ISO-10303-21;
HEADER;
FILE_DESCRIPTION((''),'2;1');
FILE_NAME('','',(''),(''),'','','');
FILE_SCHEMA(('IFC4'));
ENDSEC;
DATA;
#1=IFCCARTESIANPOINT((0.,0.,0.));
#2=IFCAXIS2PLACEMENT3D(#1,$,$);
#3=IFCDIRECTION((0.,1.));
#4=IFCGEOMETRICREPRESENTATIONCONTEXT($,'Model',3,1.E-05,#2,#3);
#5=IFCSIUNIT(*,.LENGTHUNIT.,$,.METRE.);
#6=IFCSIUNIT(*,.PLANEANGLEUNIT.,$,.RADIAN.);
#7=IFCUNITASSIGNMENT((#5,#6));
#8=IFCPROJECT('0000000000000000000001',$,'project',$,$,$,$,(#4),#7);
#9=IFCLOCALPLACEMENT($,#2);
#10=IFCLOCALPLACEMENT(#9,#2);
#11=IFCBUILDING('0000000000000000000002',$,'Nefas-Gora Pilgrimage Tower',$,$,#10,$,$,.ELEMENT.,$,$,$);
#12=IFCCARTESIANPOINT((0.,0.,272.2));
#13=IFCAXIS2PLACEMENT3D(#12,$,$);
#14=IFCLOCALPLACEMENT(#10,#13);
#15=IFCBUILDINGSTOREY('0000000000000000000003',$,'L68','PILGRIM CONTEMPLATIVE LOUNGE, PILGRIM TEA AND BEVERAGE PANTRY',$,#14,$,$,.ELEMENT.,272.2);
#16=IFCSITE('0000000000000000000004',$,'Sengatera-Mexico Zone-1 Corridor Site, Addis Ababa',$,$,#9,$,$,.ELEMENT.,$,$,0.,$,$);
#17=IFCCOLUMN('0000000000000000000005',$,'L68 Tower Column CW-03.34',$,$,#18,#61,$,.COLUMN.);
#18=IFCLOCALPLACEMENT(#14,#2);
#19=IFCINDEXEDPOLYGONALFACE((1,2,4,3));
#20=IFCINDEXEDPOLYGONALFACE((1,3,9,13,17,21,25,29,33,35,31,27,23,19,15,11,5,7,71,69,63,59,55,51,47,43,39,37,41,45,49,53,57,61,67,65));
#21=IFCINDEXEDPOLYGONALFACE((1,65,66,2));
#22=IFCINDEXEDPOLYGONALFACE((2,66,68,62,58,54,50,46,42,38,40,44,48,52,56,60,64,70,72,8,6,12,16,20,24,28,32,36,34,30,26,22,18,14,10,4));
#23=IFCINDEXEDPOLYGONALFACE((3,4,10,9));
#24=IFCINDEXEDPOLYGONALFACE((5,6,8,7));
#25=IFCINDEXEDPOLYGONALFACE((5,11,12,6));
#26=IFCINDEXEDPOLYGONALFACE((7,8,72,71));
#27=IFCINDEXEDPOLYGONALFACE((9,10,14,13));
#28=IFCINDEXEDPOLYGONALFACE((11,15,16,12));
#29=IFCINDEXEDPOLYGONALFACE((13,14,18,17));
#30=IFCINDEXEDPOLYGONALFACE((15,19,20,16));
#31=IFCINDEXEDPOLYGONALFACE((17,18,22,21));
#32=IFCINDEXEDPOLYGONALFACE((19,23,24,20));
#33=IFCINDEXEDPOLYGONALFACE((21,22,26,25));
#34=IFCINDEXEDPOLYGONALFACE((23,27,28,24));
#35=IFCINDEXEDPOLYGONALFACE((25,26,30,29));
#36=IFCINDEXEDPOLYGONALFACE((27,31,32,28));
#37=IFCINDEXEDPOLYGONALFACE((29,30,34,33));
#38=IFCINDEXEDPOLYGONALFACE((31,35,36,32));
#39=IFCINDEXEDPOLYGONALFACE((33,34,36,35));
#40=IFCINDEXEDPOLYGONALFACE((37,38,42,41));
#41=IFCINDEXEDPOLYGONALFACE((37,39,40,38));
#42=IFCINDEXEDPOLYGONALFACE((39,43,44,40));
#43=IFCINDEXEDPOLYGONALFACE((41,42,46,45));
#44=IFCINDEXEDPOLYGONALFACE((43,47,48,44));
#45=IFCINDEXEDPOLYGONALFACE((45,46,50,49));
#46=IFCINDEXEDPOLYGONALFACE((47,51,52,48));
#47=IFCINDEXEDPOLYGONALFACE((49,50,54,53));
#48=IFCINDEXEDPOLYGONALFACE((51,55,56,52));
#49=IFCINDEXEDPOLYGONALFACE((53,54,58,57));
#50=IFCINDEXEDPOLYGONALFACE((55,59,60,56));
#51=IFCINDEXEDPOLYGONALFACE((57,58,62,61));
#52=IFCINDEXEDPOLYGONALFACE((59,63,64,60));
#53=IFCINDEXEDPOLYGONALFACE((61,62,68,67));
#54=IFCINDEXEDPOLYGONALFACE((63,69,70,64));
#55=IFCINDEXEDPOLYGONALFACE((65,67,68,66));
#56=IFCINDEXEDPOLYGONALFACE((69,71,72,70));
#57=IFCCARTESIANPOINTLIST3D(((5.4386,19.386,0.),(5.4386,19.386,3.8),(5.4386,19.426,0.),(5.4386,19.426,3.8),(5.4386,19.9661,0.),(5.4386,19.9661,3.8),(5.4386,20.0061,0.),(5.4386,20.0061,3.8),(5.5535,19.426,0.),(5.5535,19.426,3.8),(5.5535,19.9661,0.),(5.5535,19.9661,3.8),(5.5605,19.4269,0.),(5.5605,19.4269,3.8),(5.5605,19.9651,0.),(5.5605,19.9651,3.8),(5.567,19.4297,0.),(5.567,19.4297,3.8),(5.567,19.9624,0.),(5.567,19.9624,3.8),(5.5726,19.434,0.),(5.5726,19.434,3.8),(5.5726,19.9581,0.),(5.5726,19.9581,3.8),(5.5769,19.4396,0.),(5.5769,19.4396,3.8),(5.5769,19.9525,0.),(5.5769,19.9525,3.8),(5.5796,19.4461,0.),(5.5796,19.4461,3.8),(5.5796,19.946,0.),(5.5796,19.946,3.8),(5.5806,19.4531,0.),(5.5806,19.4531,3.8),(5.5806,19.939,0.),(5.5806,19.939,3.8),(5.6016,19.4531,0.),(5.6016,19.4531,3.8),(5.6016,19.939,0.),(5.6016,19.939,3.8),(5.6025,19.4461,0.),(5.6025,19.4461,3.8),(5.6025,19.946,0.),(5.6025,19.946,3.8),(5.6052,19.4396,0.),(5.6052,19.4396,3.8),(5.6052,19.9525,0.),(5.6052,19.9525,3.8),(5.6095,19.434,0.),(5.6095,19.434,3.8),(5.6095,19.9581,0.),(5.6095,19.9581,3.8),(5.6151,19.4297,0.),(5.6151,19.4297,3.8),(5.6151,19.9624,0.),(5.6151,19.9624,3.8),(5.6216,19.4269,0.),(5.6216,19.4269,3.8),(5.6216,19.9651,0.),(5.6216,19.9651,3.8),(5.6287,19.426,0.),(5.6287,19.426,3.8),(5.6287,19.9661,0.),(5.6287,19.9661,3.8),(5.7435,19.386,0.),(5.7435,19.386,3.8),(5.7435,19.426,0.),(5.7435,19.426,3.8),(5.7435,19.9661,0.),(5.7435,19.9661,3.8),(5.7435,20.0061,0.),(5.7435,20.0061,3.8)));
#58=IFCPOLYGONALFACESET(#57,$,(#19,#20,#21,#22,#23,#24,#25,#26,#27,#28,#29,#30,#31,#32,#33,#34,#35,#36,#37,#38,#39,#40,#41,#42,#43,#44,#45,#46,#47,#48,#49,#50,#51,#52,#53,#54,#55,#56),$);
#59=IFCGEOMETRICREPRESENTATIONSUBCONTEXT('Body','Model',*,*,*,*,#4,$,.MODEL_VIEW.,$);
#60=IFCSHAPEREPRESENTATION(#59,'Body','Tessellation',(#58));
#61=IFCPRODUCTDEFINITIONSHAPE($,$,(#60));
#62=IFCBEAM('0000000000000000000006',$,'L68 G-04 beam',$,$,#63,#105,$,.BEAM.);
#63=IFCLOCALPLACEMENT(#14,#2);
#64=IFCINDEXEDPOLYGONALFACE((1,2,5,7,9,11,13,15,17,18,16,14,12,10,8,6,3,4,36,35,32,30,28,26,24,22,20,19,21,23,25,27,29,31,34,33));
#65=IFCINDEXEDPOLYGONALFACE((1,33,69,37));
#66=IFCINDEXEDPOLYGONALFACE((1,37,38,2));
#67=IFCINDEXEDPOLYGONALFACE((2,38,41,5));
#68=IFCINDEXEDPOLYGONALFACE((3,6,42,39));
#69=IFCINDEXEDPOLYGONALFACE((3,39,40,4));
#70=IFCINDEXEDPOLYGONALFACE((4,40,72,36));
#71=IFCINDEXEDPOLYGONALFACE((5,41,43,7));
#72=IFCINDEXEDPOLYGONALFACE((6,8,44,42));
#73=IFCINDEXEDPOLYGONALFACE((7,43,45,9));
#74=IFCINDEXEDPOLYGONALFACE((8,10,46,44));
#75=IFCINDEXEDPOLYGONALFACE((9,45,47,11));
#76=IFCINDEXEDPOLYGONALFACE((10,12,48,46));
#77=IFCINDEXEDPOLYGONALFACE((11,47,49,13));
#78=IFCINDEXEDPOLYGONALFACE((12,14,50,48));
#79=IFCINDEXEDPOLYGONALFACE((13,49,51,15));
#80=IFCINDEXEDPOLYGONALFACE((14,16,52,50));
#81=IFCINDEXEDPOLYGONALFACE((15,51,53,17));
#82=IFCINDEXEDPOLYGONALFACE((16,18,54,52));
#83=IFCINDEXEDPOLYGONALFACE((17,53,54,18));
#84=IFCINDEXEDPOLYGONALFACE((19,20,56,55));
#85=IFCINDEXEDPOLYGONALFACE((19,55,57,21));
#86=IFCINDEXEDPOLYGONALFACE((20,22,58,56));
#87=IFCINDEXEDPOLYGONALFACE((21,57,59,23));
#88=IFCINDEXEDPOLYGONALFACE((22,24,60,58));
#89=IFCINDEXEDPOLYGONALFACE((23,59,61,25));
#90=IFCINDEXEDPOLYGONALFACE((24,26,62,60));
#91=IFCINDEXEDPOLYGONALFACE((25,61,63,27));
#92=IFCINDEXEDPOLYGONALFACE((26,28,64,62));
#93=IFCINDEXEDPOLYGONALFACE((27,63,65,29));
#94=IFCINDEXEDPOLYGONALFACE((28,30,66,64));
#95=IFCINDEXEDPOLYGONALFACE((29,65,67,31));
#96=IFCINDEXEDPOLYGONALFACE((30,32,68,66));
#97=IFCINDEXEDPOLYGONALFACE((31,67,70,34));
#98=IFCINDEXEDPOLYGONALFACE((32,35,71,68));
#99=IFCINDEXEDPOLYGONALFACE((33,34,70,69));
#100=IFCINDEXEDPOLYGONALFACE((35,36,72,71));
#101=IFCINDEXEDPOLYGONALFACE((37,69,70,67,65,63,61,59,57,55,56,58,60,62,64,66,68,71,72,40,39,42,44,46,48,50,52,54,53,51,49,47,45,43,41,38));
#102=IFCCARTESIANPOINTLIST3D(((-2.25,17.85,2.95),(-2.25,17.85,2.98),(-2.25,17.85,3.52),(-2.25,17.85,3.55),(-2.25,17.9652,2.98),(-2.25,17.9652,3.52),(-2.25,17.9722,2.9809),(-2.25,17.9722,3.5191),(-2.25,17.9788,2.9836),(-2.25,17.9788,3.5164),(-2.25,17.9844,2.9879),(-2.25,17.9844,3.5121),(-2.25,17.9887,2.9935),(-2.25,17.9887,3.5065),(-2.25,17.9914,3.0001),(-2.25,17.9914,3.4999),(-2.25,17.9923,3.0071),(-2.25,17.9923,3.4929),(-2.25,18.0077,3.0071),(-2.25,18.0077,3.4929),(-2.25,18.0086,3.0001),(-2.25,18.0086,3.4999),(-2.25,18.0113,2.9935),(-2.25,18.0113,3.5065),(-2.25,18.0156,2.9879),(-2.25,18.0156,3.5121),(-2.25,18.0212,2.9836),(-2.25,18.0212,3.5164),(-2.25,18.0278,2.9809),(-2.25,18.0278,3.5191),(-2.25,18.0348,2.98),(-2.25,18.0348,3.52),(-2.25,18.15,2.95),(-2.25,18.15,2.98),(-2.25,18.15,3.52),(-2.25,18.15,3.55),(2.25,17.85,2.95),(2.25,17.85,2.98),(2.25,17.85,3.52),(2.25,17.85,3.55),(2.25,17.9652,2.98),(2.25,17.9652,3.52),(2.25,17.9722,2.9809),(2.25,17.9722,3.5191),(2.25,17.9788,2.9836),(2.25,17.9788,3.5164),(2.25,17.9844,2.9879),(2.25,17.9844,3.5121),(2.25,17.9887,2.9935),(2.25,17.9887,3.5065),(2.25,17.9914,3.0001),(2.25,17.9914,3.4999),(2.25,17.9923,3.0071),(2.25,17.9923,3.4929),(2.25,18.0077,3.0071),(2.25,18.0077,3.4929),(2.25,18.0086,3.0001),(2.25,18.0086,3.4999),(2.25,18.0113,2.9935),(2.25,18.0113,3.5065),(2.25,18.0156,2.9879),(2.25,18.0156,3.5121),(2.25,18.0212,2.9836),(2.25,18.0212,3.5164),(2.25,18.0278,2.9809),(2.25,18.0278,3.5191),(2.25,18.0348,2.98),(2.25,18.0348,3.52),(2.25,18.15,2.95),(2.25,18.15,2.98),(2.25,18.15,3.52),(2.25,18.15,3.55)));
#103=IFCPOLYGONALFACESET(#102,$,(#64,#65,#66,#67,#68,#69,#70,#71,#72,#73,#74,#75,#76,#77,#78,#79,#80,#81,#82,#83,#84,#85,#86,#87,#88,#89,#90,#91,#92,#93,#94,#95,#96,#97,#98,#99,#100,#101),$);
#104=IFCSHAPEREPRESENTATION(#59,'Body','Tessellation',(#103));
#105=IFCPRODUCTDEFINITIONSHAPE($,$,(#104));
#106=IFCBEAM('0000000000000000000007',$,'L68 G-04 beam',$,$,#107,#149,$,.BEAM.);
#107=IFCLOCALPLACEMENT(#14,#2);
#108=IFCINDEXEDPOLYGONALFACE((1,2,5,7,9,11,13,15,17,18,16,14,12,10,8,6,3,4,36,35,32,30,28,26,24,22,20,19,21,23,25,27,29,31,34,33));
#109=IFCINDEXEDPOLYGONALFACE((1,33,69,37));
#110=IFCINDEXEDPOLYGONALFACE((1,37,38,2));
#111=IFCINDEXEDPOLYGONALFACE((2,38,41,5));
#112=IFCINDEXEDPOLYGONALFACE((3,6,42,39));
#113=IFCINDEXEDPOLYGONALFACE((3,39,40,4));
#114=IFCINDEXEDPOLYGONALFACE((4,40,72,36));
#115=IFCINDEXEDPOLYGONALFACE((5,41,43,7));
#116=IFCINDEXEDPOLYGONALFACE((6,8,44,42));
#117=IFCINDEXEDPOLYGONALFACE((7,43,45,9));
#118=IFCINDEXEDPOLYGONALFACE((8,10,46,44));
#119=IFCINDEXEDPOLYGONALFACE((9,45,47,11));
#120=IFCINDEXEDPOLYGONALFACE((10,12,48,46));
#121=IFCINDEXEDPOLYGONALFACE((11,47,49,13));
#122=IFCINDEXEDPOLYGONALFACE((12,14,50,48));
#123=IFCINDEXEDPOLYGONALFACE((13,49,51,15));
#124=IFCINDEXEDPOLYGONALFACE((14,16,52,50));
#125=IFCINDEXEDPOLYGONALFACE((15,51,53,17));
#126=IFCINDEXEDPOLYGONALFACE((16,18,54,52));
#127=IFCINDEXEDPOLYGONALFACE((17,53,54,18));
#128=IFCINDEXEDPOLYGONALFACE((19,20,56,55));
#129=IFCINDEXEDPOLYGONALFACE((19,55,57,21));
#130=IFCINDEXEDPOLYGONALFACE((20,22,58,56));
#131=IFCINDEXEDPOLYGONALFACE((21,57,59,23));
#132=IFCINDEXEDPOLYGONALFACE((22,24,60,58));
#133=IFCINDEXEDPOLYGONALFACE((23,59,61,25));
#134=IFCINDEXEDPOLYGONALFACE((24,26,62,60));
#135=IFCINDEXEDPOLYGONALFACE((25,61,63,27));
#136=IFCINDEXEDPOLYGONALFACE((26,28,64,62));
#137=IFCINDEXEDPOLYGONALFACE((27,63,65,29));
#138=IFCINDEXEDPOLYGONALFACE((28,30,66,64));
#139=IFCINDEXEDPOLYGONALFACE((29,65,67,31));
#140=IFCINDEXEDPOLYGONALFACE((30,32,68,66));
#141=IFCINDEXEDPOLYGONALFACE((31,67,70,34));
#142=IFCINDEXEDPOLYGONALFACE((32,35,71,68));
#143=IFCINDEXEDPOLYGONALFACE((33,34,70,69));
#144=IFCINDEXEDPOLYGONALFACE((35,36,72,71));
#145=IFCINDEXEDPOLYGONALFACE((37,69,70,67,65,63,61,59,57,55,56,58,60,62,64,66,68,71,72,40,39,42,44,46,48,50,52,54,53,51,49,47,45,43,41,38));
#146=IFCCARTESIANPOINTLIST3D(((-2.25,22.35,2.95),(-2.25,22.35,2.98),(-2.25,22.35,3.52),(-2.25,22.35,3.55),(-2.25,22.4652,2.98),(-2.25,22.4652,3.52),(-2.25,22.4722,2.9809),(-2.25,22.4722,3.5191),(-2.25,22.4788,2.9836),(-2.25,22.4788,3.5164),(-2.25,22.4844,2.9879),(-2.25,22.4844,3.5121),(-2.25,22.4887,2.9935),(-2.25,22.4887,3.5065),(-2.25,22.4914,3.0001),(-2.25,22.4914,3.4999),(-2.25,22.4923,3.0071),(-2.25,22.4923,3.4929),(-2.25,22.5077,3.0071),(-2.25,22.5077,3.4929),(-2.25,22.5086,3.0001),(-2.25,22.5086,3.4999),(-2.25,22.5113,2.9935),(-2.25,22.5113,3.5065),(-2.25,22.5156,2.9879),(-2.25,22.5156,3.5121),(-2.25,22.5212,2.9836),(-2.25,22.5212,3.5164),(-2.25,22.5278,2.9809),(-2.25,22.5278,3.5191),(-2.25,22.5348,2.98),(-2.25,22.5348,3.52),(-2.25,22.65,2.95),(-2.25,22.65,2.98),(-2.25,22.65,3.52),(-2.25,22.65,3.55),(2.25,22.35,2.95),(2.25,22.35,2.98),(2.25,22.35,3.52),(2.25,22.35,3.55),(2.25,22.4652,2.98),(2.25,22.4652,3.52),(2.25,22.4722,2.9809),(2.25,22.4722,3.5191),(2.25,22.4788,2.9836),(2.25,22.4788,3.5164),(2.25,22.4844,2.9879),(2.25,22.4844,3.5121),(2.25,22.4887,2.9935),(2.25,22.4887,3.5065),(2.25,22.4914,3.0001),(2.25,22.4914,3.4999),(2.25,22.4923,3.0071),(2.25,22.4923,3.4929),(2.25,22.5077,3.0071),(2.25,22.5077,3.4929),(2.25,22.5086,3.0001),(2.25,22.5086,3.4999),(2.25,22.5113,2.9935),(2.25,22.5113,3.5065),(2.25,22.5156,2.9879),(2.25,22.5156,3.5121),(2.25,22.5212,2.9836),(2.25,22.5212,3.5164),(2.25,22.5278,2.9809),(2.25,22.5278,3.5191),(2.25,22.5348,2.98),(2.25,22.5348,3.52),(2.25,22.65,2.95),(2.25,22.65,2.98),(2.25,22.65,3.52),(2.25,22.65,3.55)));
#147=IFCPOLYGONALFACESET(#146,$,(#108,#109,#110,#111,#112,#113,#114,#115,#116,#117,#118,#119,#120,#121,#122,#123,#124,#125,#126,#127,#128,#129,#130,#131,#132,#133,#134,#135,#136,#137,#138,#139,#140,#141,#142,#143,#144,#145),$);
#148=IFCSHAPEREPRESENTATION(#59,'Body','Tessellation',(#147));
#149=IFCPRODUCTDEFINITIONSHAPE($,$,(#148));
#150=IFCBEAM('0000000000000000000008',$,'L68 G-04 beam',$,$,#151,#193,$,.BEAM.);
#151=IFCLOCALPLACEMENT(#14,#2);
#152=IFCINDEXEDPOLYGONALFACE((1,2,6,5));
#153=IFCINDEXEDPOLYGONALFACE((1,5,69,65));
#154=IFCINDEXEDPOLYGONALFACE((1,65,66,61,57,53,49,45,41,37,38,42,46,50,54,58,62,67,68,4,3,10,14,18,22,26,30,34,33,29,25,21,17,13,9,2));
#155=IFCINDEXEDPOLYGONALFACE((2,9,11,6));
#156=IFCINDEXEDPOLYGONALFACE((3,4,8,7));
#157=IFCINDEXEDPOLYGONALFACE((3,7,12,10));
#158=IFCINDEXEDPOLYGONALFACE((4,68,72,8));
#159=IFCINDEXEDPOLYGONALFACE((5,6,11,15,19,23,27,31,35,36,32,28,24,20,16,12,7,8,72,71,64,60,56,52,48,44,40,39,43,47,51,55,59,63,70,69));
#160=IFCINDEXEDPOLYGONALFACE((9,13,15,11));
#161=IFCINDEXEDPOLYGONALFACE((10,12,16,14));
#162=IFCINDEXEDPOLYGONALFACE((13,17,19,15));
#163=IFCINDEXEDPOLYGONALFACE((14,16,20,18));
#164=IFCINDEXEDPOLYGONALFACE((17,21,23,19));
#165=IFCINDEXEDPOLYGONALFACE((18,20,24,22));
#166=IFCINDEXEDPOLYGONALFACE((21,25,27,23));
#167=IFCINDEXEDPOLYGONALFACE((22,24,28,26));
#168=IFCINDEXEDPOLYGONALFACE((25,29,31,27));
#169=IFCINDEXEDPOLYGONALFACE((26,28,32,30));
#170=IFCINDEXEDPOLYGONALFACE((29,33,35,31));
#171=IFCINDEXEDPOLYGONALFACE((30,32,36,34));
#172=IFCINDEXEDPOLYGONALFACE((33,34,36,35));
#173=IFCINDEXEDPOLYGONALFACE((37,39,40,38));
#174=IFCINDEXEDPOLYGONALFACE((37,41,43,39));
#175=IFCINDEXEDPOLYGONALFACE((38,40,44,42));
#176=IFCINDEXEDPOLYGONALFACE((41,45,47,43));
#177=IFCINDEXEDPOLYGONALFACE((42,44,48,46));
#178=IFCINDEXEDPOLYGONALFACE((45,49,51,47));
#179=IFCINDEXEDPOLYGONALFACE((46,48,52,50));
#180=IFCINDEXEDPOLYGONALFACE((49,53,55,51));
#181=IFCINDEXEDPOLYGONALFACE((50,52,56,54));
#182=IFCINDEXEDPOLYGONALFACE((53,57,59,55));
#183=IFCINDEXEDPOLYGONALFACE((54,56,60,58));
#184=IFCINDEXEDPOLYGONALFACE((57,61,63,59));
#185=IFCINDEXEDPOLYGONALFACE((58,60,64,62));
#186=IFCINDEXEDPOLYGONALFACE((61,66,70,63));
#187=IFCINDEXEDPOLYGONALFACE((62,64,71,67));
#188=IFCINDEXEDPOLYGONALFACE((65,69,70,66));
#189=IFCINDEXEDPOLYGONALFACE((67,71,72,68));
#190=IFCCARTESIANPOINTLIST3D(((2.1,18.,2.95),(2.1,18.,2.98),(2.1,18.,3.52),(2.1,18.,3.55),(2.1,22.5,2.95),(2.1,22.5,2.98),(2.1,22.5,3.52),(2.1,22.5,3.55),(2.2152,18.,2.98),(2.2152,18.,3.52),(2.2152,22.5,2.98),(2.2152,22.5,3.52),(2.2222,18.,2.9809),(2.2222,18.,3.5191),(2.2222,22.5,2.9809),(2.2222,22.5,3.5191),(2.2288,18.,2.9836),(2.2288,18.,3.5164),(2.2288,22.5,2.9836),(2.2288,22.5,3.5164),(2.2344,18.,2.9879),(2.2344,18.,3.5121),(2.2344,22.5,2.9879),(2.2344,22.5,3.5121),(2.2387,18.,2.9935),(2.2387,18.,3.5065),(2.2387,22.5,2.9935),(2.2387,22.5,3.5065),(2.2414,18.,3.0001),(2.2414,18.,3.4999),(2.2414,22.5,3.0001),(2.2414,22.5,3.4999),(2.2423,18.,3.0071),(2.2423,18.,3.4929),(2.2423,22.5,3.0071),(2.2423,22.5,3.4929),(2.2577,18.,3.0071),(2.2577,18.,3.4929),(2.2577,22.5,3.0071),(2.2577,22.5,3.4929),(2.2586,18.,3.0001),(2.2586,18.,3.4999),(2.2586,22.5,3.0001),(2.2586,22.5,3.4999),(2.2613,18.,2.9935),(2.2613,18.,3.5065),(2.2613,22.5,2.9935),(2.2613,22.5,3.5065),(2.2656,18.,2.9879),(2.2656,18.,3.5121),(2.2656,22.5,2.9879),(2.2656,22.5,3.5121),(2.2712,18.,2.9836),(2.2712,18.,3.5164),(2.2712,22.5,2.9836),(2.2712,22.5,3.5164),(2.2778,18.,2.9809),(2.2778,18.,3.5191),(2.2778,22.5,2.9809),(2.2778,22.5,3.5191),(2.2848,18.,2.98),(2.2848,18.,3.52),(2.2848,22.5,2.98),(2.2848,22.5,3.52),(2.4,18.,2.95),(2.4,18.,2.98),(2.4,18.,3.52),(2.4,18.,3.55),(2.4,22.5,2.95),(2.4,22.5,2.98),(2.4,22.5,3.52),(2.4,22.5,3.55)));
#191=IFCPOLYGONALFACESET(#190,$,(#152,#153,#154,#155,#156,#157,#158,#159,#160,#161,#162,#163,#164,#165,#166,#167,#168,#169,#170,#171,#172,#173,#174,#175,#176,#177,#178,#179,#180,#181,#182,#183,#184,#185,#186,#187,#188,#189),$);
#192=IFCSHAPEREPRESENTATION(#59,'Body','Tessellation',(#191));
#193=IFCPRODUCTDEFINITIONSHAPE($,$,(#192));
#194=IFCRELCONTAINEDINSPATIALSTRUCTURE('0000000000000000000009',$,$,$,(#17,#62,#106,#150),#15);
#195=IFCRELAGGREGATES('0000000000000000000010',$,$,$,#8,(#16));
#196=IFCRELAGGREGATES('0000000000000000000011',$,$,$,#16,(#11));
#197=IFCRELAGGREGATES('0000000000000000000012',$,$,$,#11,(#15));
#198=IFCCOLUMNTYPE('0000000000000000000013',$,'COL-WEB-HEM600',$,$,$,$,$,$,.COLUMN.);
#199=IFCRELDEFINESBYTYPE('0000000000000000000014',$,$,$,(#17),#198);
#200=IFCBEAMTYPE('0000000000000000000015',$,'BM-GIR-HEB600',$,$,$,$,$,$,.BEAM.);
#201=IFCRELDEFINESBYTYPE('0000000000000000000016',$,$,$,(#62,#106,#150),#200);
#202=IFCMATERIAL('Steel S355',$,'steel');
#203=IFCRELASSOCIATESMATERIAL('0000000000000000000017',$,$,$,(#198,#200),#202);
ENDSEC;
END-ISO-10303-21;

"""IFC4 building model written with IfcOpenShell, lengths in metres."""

from ifc_helpers import new_model, si_unit, direction, frame, origin, origin_2d, place, context, subcontext, project, spatial, i_section, extrude, source, transform, mapped, material, material_profile, profile_set, type_object, element, save


model = new_model("IFC4")

# Units and contexts
model_context = context("Model", 3, precision=1e-05, world=origin(), true_north=direction((0.0, 1.0)))
body_context = subcontext(model_context, "Body", "Model", "MODEL_VIEW")
ifc_project = project(units=[si_unit("LENGTHUNIT", "METRE"), si_unit("PLANEANGLEUNIT", "RADIAN")], contexts=[model_context])

# Site, building, storey
site_placement = place(None, origin())
site = spatial("IfcSite", under=ifc_project, at=site_placement, Name="Sengatera-Mexico Zone-1 Corridor Site, Addis Ababa", CompositionType="ELEMENT", RefElevation=0.0)
building_placement = place(site_placement, origin())
building = spatial("IfcBuilding", under=site, at=building_placement, Name="Nefas-Gora Pilgrimage Tower", CompositionType="ELEMENT")
storey_placement = place(building_placement, frame((0.0, 0.0, 272.2)))
storey = spatial("IfcBuildingStorey", under=building, at=storey_placement, Name="L68", Description="PILGRIM CONTEMPLATIVE LOUNGE, PILGRIM TEA AND BEVERAGE PANTRY", CompositionType="ELEMENT", Elevation=272.2)

# Column
ifc_material_1 = material(Name="Steel S355", Category="steel")
ifc_material_profile_1 = material_profile(ifc_material_1, i_section(OverallWidth=0.3049, OverallDepth=0.6201, WebThickness=0.021, FlangeThickness=0.04, FilletRadius=0.0271, at=origin_2d()), Name="HEM 600")
ifc_profile_set_1 = profile_set([ifc_material_profile_1], Name="Steel S355")
column_type_1 = type_object("IfcColumnType", Name="COL-WEB-HEM600", PredefinedType="COLUMN", material=ifc_profile_set_1)
shared_shape_1 = source(origin(), body_context, "Body", "SweptSolid", [
    extrude(i_section(OverallWidth=0.3049, OverallDepth=0.6201, WebThickness=0.021, FlangeThickness=0.04, FilletRadius=0.0271, at=origin_2d()), origin(), (0.0, 0.0, 1.0), 3.8),
])
for number, where, z_axis, x_axis, name in (
    (1, (5.5911, 19.696, 0.0), (0.0, 0.0, 1.0), (1.0, 0.0, 0.0), "L68 Tower Column CW-03.34"),
):
    element("IfcColumn", number, at=place(storey_placement, frame(where, z_axis=z_axis, x_axis=x_axis)), inside=storey, type_object=column_type_1, Name=name, PredefinedType="COLUMN", context=body_context, shape_type="MappedRepresentation", body=[
        mapped(shared_shape_1, transform((0.0, 0.0, 0.0), x_axis=(1.0, 0.0, 0.0), y_axis=(0.0, 1.0, 0.0), z_axis=(0.0, 0.0, 1.0), scale=1.0)),
    ])

# Beams
ifc_material_profile_2 = material_profile(ifc_material_1, i_section(OverallWidth=0.3, OverallDepth=0.6001, WebThickness=0.0154, FlangeThickness=0.03, FilletRadius=0.0271, at=origin_2d()), Name="HEB 600")
ifc_profile_set_2 = profile_set([ifc_material_profile_2], Name="Steel S355")
beam_type = type_object("IfcBeamType", Name="BM-GIR-HEB600", PredefinedType="BEAM", material=ifc_profile_set_2)
shared_shape_2 = source(origin(), body_context, "Body", "SweptSolid", [
    extrude(i_section(OverallWidth=0.3, OverallDepth=0.6001, WebThickness=0.0154, FlangeThickness=0.03, FilletRadius=0.0271, at=origin_2d()), origin(), (0.0, 0.0, 1.0), 4.5),
])
for number, where, z_axis, x_axis, name in (
    (2, (-2.25, 18.0, 3.25), (1.0, 0.0, 0.0), (0.0, 1.0, 0.0), "L68 G-04 beam"),
    (3, (-2.25, 22.5, 3.25), (1.0, 0.0, 0.0), (0.0, 1.0, 0.0), "L68 G-04 beam"),
    (4, (2.25, 18.0, 3.25), (0.0, 1.0, 0.0), (-1.0, 0.0, 0.0), "L68 G-04 beam"),
):
    element("IfcBeam", number, at=place(storey_placement, frame(where, z_axis=z_axis, x_axis=x_axis)), inside=storey, type_object=beam_type, Name=name, PredefinedType="BEAM", context=body_context, shape_type="MappedRepresentation", body=[
        mapped(shared_shape_2, transform((0.0, 0.0, 0.0), x_axis=(1.0, 0.0, 0.0), y_axis=(0.0, 1.0, 0.0), z_axis=(0.0, 0.0, 1.0), scale=1.0)),
    ])

save(model, "model.ifc")
